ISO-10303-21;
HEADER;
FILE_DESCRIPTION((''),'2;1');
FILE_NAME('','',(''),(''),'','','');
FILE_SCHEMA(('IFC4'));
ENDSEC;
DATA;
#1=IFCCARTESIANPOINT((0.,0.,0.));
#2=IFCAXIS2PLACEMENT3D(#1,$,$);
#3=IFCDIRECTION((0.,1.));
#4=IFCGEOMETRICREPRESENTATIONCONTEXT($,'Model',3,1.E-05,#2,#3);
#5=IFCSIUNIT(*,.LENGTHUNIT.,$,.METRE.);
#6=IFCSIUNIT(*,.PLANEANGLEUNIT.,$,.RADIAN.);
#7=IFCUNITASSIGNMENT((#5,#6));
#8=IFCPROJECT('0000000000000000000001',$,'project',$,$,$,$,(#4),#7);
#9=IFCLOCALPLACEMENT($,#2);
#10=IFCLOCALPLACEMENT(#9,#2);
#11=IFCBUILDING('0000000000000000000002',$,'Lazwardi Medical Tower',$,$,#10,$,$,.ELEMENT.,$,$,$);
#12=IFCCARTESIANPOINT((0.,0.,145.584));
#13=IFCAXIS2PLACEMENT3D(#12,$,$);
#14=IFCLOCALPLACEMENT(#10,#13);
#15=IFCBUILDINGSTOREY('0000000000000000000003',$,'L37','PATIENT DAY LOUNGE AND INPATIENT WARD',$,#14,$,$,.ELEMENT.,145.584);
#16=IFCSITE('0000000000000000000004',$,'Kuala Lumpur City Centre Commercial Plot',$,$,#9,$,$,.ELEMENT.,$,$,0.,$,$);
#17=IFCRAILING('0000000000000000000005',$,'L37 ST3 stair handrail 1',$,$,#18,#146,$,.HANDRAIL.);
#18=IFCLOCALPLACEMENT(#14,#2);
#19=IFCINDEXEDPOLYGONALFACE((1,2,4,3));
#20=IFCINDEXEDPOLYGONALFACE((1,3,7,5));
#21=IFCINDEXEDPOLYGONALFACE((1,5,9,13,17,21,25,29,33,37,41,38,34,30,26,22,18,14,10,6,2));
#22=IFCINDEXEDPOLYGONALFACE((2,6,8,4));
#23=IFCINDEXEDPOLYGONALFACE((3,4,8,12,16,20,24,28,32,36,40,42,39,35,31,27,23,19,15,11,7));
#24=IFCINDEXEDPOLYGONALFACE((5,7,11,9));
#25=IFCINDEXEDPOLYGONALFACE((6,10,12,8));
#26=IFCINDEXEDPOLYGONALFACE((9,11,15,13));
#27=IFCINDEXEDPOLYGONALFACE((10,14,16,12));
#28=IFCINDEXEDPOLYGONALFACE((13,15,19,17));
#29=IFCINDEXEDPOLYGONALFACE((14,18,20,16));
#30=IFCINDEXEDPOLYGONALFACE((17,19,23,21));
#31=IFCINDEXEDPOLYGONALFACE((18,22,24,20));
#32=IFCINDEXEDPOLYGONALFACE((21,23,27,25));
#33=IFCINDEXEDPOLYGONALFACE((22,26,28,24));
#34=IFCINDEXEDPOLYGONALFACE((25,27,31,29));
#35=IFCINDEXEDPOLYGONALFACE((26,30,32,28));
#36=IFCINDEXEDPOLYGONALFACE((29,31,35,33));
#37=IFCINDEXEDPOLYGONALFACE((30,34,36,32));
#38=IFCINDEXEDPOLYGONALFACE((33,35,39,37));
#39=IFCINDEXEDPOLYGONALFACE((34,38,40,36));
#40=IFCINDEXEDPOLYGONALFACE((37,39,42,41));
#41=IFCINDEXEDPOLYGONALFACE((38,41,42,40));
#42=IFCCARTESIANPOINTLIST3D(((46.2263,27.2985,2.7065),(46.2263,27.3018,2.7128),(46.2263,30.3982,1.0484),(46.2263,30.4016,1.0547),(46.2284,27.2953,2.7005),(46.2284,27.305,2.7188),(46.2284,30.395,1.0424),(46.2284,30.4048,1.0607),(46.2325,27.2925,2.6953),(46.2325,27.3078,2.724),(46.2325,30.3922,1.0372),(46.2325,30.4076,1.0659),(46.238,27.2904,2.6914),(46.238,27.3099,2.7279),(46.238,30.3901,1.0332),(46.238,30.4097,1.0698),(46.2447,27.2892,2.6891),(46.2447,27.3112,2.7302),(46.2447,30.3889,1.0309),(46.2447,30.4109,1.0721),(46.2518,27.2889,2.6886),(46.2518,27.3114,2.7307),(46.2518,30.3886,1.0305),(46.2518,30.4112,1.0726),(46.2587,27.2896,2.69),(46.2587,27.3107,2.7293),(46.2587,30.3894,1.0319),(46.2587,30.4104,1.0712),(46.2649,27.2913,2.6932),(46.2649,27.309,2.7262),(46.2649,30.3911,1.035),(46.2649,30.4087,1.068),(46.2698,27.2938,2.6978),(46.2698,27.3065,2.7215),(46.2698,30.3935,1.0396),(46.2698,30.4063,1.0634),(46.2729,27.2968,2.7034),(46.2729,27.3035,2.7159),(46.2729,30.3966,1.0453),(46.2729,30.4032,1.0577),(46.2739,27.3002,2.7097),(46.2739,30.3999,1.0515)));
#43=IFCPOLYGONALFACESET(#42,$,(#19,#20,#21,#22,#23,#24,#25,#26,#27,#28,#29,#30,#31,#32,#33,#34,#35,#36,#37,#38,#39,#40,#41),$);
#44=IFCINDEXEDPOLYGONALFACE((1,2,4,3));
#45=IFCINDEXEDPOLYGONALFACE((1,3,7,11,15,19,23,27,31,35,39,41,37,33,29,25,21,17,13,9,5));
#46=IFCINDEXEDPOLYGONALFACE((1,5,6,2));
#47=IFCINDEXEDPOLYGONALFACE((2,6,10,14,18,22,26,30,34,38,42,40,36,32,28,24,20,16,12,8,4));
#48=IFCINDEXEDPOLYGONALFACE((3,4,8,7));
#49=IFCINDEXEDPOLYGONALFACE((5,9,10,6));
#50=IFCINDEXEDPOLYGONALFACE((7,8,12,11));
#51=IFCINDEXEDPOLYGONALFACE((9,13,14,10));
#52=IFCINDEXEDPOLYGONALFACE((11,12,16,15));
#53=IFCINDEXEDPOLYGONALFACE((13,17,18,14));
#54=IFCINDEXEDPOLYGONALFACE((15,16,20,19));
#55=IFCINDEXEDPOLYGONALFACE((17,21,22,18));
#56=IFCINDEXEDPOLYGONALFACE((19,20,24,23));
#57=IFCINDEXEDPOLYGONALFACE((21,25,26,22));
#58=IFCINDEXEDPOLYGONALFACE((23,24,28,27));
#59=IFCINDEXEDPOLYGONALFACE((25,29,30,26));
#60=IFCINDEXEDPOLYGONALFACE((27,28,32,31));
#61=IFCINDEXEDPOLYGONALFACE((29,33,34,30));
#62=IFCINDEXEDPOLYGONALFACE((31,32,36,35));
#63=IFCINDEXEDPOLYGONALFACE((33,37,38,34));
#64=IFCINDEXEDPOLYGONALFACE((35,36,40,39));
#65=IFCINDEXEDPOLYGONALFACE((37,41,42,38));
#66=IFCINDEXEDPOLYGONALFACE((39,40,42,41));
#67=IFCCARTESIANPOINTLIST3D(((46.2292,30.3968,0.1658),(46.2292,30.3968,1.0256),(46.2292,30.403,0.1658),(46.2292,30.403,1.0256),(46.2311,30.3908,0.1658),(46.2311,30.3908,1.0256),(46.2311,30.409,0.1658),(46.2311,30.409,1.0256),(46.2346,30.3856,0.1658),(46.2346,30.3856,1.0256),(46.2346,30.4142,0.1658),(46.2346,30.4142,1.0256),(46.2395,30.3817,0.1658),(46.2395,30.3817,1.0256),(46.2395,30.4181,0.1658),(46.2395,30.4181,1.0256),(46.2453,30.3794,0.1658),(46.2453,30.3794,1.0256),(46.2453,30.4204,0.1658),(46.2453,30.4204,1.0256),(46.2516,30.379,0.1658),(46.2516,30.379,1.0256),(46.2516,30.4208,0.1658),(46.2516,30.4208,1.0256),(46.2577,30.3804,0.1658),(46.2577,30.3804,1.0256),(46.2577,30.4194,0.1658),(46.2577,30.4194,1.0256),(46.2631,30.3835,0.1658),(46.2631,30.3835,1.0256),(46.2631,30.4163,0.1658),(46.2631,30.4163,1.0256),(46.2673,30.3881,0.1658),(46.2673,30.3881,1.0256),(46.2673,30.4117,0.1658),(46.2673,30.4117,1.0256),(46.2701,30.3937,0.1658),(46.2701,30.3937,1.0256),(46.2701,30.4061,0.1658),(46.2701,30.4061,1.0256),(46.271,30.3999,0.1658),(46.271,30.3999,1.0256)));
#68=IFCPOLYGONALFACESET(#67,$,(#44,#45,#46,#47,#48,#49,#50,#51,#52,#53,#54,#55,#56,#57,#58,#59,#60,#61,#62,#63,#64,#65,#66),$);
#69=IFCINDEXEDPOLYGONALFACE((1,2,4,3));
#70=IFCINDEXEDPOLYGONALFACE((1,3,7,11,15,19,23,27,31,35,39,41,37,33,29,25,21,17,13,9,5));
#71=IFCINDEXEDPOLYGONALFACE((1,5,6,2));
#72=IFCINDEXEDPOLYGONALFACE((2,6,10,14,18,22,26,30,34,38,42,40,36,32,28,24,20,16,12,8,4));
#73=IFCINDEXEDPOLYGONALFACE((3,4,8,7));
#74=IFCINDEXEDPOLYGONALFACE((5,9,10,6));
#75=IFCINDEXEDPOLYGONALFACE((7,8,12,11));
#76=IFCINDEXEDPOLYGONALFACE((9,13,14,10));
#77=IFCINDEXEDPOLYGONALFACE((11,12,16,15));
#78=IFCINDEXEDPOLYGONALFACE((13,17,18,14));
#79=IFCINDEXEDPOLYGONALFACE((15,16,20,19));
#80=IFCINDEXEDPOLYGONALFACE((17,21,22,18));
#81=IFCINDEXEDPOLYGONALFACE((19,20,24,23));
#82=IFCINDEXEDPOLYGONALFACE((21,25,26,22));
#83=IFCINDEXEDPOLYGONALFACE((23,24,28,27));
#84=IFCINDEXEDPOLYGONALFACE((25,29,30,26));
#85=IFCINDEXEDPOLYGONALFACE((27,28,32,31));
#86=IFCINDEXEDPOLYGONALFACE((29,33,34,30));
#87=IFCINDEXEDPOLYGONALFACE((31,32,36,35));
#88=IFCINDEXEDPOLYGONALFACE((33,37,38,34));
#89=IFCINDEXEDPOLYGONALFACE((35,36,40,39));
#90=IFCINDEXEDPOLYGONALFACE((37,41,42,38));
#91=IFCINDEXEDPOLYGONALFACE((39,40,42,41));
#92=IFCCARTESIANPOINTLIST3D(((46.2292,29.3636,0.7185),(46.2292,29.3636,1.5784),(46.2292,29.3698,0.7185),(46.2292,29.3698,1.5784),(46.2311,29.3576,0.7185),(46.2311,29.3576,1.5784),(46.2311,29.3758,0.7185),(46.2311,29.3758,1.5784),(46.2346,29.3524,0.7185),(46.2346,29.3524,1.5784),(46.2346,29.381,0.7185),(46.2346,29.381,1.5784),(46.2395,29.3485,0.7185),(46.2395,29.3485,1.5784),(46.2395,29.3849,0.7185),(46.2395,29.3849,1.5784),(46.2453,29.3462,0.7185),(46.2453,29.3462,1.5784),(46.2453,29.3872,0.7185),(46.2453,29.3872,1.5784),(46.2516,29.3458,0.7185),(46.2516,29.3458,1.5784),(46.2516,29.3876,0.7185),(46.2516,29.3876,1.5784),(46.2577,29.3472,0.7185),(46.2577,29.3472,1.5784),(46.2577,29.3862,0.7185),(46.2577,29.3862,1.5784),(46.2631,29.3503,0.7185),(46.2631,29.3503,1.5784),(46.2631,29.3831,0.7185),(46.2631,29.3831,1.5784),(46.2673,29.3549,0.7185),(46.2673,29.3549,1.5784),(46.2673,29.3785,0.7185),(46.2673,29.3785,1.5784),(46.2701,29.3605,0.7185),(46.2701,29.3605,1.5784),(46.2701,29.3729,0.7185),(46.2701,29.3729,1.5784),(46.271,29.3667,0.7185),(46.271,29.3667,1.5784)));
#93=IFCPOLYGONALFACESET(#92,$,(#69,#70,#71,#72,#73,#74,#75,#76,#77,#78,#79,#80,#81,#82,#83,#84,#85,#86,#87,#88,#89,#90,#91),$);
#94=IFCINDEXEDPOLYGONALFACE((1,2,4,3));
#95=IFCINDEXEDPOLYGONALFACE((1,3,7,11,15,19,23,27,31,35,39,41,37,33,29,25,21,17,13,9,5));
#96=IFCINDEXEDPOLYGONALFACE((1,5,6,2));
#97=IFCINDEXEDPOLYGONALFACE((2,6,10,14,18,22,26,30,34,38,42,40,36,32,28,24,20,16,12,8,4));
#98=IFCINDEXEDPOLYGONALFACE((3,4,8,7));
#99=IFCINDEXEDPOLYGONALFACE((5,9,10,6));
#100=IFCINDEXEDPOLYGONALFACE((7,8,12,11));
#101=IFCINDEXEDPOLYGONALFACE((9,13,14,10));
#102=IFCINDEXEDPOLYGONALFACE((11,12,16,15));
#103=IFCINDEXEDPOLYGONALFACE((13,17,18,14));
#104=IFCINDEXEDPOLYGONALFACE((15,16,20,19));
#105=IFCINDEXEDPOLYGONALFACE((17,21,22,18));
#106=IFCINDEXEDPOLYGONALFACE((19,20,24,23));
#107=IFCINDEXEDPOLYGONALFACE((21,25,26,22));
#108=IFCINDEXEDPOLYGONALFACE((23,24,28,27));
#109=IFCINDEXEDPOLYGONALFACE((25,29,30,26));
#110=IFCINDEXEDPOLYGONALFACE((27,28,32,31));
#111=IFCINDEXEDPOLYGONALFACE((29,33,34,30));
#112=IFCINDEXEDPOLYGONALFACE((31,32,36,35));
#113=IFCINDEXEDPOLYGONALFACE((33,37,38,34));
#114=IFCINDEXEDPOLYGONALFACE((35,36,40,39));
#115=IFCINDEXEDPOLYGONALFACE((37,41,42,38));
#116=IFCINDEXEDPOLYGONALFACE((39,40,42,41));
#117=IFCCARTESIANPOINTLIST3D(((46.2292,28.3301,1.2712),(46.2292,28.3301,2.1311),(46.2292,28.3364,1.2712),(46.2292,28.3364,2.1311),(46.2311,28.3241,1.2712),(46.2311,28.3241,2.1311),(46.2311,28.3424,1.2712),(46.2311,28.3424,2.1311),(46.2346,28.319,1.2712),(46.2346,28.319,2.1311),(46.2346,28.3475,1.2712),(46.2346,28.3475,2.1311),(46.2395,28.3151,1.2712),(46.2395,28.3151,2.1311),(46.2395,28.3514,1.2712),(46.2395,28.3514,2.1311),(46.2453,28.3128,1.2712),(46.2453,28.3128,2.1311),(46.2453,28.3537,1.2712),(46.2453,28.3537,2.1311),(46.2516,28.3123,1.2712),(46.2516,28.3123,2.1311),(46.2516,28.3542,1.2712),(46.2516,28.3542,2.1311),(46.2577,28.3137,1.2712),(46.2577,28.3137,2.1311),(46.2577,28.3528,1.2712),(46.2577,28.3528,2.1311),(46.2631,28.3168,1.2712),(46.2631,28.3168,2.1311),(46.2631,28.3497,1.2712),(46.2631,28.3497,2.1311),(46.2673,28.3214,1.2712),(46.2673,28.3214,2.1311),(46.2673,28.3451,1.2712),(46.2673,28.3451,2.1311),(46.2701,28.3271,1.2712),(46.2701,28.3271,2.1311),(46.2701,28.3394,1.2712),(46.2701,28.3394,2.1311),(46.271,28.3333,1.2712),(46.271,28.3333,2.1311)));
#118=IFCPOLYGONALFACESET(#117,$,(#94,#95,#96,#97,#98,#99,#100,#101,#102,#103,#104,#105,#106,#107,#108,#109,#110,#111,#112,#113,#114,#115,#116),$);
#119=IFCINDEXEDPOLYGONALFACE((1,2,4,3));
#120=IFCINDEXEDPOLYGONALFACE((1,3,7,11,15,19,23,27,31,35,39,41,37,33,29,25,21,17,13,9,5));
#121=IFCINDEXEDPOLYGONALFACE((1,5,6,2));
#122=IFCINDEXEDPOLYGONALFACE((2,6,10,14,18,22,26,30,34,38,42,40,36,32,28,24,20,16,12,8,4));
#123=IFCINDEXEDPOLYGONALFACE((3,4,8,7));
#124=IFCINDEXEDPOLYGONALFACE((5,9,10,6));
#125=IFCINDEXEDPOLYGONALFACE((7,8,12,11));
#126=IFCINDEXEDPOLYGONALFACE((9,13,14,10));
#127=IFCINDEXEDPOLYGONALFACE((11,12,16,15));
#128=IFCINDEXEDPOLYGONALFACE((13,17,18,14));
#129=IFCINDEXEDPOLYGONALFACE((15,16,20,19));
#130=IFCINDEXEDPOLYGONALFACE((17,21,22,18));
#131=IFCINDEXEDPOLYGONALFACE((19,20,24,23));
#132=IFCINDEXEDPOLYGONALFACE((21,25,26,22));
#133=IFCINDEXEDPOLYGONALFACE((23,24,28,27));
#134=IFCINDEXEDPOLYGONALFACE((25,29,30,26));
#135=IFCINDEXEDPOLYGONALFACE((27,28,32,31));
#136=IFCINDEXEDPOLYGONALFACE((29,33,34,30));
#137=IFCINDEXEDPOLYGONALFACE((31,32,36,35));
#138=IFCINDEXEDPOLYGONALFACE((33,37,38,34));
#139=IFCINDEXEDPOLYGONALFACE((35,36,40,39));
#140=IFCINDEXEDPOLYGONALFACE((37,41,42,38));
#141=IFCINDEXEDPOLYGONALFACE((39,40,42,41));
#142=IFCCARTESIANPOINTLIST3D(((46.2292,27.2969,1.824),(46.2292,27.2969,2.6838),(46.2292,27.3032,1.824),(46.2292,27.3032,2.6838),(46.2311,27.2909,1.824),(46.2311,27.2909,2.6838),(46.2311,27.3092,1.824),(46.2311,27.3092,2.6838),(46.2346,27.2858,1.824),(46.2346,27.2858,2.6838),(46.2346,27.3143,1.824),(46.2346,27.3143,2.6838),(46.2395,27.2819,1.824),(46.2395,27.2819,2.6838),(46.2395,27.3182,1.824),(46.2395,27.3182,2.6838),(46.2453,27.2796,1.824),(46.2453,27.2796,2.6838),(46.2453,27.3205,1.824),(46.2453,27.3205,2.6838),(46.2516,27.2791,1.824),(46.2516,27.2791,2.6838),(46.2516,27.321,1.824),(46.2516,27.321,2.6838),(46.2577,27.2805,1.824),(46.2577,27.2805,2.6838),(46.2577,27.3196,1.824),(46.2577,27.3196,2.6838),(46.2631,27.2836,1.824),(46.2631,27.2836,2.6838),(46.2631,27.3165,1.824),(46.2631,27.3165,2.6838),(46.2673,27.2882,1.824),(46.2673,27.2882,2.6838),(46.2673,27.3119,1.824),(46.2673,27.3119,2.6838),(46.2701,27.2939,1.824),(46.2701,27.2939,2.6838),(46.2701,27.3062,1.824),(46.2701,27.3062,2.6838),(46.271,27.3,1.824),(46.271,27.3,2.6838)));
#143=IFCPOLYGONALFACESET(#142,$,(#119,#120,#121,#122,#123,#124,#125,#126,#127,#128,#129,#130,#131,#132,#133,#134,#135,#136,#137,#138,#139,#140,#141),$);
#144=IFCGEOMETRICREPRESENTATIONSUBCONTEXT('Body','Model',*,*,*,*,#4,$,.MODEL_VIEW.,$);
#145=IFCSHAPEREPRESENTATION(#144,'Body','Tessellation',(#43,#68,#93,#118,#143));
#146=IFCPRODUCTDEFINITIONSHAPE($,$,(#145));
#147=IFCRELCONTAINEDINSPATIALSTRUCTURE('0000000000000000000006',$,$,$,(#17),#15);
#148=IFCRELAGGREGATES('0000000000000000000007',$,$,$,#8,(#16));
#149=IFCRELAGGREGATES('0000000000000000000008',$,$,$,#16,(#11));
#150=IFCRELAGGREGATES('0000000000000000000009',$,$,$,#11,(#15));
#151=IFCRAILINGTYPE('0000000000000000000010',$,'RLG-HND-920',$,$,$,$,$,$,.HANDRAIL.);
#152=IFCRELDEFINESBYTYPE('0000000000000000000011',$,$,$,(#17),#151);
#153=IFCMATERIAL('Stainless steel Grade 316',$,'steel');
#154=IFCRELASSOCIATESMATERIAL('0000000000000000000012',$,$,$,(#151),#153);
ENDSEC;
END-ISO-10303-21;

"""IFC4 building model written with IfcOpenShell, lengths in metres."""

from ifc_helpers import new_model, si_unit, direction, frame, origin, origin_2d, place, context, subcontext, project, spatial, circle, extrude, material, type_object, element, save


model = new_model("IFC4")

# Units and contexts
model_context = context("Model", 3, precision=1e-05, world=origin(), true_north=direction((0.0, 1.0)))
body_context = subcontext(model_context, "Body", "Model", "MODEL_VIEW")
ifc_project = project(units=[si_unit("LENGTHUNIT", "METRE"), si_unit("PLANEANGLEUNIT", "RADIAN")], contexts=[model_context])

# Site, building, storey
site_placement = place(None, origin())
site = spatial("IfcSite", under=ifc_project, at=site_placement, Name="Kuala Lumpur City Centre Commercial Plot", CompositionType="ELEMENT", RefElevation=0.0)
building_placement = place(site_placement, origin())
building = spatial("IfcBuilding", under=site, at=building_placement, Name="Lazwardi Medical Tower", CompositionType="ELEMENT")
storey_placement = place(building_placement, frame((0.0, 0.0, 145.584)))
storey = spatial("IfcBuildingStorey", under=building, at=storey_placement, Name="L37", Description="PATIENT DAY LOUNGE AND INPATIENT WARD", CompositionType="ELEMENT", Elevation=145.584)

# Railing
ifc_material_1 = material(Name="Stainless steel Grade 316", Category="steel")
railing_type_1 = type_object("IfcRailingType", Name="RLG-HND-920", PredefinedType="HANDRAIL", material=ifc_material_1)
railing_1_placement = place(storey_placement, frame((46.25, 30.3999, 0.1658)))
element("IfcRailing", 1, at=railing_1_placement, inside=storey, type_object=railing_type_1, Name="L37 ST3 stair handrail 1", PredefinedType="HANDRAIL", context=body_context, shape_type="SweptSolid", body=[
    extrude(circle(Radius=0.0239, at=origin_2d()), frame((0.0, 0.0, 0.8857), z_axis=(0.0, -0.881768, 0.471684), x_axis=(1.0, 0.0, 0.0)), (0.0, 0.0, 1.0), 3.5154),
    extrude(circle(Radius=0.021, at=origin_2d()), origin(), (0.0, 0.0, 1.0), 0.8599),
    extrude(circle(Radius=0.021, at=origin_2d()), frame((0.0, -1.0332, 0.5527)), (0.0, 0.0, 1.0), 0.8599),
    extrude(circle(Radius=0.021, at=origin_2d()), frame((0.0, -2.0667, 1.1055)), (0.0, 0.0, 1.0), 0.8599),
    extrude(circle(Radius=0.021, at=origin_2d()), frame((0.0, -3.0999, 1.6582)), (0.0, 0.0, 1.0), 0.8599),
])

save(model, "model.ifc")
